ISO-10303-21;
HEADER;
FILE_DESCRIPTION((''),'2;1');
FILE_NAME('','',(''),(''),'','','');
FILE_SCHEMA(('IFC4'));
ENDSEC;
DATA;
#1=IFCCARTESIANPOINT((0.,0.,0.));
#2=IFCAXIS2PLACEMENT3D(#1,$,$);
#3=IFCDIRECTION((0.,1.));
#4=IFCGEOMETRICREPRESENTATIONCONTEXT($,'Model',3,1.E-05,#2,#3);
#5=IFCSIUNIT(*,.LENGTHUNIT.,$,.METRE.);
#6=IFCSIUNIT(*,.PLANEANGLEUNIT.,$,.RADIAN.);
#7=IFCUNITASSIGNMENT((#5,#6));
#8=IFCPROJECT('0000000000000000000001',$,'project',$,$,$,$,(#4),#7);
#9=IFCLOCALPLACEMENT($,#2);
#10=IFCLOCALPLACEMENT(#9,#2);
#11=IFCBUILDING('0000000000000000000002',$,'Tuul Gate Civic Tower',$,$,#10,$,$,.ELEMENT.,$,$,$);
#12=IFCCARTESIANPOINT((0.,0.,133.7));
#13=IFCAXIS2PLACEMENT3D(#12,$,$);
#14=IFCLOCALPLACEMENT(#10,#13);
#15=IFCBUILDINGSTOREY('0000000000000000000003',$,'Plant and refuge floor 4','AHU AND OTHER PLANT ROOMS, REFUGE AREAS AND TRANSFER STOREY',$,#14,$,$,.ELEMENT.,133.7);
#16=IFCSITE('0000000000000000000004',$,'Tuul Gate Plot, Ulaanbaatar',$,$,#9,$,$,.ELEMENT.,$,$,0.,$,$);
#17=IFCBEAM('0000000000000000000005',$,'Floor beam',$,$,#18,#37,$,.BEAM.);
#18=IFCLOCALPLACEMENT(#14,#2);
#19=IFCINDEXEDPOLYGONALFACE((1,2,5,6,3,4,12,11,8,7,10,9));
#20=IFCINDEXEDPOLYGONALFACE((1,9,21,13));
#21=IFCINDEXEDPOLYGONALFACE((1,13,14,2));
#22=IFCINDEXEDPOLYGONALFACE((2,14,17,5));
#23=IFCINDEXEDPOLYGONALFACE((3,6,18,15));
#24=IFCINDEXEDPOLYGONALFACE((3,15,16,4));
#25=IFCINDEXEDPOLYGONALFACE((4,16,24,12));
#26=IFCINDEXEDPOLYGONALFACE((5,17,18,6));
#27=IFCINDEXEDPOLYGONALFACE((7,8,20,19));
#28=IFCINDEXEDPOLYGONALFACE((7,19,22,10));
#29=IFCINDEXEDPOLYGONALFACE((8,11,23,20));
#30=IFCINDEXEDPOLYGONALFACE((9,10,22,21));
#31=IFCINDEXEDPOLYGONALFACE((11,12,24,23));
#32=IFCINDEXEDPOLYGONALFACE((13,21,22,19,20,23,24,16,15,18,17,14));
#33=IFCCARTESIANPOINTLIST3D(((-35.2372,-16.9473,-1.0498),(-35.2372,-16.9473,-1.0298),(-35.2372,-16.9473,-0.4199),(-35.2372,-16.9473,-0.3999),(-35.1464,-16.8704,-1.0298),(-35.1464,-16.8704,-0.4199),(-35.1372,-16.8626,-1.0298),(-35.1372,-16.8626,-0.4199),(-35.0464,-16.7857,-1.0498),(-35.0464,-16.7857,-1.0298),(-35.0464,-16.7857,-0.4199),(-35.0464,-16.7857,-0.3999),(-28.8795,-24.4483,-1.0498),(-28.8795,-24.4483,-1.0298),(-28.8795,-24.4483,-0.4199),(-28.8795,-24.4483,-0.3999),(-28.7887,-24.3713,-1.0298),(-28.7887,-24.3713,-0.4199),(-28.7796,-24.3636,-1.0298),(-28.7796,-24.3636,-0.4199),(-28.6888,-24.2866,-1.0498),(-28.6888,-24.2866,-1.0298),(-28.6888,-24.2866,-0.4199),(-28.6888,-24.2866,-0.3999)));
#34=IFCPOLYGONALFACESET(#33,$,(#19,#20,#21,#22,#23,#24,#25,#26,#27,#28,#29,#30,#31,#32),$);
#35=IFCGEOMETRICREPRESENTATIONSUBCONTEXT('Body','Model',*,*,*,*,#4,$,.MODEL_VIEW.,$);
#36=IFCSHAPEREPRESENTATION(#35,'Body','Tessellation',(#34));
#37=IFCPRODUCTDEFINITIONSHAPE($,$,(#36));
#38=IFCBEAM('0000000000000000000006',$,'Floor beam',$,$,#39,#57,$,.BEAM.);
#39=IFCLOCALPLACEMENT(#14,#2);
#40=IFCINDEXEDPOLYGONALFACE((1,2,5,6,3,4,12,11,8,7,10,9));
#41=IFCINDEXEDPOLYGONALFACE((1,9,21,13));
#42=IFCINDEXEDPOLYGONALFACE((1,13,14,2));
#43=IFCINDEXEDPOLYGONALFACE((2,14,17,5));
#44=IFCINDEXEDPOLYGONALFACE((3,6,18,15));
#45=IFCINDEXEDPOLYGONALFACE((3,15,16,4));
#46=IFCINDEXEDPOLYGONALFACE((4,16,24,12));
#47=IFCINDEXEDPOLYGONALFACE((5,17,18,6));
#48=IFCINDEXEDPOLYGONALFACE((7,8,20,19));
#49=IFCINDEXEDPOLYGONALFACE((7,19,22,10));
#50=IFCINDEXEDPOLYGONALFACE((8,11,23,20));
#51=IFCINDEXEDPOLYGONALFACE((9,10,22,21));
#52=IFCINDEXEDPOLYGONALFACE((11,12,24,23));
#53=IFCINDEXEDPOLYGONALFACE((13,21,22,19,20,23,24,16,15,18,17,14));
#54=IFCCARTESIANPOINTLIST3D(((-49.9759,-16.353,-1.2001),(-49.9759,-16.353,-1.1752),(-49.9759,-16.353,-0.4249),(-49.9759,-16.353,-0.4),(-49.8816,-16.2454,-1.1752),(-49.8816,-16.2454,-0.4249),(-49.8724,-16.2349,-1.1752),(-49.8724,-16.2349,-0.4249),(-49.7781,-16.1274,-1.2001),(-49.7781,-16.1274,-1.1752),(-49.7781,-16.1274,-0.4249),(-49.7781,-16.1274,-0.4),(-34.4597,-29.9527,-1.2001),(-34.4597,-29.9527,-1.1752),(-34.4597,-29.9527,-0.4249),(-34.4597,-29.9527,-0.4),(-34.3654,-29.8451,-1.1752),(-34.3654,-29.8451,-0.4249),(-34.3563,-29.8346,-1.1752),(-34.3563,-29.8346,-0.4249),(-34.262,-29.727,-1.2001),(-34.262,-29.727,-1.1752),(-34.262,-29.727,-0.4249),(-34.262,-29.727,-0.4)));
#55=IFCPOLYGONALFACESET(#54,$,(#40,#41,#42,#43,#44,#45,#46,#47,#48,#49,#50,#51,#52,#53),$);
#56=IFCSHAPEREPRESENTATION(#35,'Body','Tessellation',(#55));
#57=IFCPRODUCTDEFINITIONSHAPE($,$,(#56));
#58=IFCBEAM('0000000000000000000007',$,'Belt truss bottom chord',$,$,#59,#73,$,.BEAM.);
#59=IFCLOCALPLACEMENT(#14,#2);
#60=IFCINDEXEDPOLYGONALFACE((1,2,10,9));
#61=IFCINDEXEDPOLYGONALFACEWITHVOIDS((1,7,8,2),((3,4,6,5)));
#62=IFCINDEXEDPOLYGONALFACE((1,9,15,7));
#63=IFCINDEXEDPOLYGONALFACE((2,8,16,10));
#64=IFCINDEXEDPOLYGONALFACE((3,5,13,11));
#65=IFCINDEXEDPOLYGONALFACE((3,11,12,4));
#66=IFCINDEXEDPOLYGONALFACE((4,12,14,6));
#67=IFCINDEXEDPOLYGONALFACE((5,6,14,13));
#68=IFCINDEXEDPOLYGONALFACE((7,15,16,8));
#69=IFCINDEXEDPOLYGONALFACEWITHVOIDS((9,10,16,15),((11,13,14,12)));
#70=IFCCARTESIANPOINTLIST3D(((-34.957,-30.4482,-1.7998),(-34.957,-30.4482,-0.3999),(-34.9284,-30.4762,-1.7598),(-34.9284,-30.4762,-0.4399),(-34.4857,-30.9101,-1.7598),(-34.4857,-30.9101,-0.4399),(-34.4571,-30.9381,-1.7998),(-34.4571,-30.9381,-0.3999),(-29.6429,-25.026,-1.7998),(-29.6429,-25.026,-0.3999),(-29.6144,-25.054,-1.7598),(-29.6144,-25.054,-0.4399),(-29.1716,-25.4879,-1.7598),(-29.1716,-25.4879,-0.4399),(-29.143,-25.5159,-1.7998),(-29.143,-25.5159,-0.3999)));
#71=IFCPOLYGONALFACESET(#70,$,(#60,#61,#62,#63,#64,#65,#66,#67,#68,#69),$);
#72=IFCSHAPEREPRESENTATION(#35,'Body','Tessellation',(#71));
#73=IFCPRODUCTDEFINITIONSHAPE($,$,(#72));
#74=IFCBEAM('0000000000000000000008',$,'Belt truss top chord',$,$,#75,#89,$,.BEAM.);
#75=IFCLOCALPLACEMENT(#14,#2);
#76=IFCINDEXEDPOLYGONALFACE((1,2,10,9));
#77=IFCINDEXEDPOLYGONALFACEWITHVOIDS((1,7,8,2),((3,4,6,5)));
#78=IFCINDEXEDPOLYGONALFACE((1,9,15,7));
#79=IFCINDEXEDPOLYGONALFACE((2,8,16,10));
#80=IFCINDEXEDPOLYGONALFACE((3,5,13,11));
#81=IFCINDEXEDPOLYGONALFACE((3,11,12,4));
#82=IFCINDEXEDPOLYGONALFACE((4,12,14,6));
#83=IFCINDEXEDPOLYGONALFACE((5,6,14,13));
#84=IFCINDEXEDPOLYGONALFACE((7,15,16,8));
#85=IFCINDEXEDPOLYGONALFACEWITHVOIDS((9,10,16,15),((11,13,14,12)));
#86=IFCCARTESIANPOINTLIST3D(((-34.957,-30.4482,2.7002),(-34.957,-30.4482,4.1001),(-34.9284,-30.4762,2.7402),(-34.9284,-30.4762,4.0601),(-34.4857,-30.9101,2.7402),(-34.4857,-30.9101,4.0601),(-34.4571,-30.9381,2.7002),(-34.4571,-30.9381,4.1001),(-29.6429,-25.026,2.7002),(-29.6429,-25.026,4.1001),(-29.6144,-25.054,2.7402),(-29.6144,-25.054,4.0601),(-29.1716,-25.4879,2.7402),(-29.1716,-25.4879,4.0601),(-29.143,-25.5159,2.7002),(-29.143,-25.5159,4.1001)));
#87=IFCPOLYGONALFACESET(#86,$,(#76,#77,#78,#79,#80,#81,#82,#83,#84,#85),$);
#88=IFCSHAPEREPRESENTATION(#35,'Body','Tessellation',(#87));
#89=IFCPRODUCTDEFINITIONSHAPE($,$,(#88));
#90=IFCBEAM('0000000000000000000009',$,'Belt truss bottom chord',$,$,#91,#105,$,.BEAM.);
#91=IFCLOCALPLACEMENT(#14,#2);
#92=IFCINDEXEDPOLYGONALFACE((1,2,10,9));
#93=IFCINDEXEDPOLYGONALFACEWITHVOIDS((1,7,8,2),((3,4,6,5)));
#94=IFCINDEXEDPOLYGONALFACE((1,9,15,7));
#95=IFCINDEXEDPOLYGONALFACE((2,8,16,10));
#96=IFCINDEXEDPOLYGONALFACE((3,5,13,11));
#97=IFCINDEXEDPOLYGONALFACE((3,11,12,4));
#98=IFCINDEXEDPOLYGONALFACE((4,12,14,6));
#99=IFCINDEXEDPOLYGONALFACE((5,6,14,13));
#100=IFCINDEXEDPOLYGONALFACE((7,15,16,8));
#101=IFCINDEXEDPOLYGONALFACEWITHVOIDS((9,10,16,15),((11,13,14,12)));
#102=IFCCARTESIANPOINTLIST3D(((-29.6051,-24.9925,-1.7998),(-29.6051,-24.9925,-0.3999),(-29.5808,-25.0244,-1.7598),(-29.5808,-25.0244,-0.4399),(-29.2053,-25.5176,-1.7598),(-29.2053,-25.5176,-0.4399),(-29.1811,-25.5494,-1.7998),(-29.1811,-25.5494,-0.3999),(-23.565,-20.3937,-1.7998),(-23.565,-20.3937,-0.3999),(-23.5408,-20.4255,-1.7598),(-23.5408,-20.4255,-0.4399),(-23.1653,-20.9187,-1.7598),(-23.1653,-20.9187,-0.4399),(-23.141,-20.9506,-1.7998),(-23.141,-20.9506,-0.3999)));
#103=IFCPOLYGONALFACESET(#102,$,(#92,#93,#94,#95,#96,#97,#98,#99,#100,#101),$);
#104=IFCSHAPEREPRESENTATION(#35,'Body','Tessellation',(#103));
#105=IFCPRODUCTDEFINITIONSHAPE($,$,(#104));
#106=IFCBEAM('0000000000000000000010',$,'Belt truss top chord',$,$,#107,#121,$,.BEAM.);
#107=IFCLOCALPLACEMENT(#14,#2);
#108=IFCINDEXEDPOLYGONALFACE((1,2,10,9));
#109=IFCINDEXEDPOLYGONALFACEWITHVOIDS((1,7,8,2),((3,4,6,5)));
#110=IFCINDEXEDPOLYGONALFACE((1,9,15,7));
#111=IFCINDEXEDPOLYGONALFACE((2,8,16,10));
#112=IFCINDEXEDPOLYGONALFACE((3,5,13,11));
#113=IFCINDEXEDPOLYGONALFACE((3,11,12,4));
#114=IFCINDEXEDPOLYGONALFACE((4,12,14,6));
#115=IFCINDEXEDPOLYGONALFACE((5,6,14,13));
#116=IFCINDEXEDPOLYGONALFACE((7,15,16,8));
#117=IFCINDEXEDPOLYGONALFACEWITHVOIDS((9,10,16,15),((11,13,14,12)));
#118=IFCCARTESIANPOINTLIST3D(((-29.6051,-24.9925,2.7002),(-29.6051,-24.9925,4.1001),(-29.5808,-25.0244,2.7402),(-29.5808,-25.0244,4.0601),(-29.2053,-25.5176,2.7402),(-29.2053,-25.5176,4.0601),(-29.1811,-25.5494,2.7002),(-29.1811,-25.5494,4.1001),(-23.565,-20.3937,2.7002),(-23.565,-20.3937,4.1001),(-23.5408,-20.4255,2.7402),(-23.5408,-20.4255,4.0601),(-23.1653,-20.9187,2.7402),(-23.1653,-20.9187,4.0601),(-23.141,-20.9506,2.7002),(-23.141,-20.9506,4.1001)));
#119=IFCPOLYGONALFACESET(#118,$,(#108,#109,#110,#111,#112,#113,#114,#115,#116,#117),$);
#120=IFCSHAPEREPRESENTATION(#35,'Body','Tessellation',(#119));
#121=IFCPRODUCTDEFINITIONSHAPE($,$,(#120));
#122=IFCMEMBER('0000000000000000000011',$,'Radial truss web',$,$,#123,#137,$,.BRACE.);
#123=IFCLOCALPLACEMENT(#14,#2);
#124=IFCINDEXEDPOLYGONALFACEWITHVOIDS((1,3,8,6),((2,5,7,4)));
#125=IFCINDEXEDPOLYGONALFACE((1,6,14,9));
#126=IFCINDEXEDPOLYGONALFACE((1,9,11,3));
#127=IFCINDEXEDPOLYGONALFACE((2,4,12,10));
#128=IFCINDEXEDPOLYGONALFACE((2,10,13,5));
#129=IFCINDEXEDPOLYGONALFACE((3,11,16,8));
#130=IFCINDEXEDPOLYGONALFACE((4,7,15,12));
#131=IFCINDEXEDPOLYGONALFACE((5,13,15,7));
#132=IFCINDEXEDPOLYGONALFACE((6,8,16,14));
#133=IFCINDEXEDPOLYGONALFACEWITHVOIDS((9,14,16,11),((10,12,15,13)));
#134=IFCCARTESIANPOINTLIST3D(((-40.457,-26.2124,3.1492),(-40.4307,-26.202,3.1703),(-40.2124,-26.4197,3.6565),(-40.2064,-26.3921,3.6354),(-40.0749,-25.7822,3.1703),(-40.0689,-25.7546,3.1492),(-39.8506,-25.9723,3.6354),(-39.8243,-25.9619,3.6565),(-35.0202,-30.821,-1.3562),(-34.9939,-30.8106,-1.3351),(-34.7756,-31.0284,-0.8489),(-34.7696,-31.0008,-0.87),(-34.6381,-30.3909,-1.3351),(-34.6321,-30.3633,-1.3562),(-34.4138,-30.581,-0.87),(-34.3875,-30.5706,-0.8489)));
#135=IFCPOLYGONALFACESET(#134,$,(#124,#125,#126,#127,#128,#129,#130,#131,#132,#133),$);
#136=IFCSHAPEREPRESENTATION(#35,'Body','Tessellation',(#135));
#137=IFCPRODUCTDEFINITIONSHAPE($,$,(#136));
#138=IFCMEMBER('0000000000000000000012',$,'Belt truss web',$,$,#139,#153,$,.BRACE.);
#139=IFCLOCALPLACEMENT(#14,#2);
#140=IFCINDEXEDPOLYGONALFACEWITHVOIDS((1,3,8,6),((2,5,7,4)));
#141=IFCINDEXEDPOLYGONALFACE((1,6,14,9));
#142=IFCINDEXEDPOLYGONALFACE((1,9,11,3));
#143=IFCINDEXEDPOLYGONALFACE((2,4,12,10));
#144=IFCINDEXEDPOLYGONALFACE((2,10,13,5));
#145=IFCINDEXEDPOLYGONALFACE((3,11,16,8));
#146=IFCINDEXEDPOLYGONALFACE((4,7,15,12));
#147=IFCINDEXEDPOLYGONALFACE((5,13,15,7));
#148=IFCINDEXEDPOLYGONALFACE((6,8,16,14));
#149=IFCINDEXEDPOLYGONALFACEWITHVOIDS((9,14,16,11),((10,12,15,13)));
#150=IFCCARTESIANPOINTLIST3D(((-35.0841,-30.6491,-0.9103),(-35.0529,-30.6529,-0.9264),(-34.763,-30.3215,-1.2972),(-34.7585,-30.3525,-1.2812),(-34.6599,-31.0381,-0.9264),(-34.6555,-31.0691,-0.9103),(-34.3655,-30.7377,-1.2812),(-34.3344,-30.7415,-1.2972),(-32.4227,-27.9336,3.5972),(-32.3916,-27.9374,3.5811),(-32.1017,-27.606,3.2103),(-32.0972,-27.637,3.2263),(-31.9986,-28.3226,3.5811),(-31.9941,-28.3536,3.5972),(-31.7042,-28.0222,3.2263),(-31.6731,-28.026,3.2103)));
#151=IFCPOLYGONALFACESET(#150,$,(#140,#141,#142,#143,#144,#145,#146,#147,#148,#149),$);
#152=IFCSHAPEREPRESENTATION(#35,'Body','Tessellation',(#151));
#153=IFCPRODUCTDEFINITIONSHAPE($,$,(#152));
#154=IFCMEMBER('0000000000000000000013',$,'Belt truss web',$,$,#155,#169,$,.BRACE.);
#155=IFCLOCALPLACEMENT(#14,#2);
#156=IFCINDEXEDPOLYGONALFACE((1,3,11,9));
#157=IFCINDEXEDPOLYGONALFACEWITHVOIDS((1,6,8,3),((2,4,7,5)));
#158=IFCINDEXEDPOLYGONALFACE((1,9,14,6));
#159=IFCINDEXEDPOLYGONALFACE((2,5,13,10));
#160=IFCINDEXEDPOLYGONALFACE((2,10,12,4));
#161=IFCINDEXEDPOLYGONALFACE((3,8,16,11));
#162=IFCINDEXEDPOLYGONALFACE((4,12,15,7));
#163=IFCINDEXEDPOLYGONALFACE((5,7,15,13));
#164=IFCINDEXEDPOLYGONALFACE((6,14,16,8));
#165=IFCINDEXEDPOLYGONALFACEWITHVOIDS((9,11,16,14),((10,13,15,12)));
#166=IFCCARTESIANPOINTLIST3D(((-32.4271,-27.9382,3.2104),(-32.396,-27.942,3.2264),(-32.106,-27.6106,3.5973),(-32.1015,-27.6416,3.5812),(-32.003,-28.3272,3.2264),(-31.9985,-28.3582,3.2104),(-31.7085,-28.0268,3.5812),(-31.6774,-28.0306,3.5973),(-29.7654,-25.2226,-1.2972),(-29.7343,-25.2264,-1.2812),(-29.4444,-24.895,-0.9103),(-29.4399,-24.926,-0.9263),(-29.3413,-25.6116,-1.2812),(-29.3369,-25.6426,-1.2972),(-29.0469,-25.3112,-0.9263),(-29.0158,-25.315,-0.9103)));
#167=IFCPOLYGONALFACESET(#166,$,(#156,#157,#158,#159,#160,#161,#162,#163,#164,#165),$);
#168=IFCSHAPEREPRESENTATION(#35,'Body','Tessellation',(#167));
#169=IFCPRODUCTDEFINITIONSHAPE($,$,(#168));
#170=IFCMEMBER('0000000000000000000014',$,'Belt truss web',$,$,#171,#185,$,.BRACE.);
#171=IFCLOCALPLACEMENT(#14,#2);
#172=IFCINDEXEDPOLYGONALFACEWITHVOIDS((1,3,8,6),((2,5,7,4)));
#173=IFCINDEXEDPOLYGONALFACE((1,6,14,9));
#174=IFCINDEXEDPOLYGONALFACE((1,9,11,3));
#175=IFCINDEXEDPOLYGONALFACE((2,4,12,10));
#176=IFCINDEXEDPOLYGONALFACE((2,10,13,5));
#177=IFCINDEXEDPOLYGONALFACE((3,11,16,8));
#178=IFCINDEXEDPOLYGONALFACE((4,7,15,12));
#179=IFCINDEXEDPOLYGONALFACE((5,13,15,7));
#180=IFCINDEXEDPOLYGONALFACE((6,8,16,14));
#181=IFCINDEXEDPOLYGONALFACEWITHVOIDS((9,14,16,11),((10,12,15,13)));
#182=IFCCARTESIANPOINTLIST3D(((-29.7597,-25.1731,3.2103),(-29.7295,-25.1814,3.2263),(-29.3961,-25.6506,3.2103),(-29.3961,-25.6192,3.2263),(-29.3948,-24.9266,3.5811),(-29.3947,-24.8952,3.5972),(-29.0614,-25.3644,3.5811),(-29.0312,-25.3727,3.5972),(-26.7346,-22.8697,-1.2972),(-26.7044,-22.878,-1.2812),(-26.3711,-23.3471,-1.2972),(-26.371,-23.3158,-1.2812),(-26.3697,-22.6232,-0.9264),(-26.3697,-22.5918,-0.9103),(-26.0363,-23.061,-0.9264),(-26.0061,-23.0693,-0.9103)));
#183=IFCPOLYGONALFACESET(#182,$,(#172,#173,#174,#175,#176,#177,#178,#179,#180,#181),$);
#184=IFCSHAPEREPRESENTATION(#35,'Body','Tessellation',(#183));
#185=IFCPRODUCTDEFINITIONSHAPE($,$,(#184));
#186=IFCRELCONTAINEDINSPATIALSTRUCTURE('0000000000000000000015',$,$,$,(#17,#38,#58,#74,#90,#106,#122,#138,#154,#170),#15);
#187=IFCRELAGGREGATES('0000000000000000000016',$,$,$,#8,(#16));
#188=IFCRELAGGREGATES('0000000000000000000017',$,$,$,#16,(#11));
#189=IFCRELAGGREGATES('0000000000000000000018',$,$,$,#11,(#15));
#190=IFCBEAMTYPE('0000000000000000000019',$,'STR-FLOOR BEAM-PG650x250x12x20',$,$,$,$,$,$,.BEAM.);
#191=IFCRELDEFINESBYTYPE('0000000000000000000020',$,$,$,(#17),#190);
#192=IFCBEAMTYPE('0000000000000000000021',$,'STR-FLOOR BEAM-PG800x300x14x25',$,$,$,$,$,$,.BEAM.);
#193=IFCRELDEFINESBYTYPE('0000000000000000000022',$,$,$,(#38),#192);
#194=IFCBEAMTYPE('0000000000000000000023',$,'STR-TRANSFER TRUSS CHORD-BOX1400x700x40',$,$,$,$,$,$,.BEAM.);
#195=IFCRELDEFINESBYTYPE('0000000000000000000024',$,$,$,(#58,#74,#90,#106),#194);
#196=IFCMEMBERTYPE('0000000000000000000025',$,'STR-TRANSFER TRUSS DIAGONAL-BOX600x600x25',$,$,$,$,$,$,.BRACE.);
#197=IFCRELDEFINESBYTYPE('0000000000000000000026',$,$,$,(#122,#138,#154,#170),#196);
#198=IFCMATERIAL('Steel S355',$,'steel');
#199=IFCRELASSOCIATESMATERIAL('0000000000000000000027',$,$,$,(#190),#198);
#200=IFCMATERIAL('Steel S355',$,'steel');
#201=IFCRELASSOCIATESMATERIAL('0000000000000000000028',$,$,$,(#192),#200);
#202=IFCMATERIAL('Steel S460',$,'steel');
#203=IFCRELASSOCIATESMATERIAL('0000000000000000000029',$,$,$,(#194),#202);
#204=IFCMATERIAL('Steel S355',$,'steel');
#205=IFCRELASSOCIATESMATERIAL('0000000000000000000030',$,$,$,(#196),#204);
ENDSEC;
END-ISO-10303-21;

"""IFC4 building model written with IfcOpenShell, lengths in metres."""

from ifc_helpers import new_model, si_unit, direction, frame, origin, origin_2d, place, context, subcontext, project, spatial, hollow_rectangle, i_section, extrude, material, material_profile, profile_set, type_object, element, save


model = new_model("IFC4")

# Units and contexts
model_context = context("Model", 3, precision=1e-05, world=origin(), true_north=direction((0.0, 1.0)))
body_context = subcontext(model_context, "Body", "Model", "MODEL_VIEW")
ifc_project = project(units=[si_unit("LENGTHUNIT", "METRE"), si_unit("PLANEANGLEUNIT", "RADIAN")], contexts=[model_context])

# Site, building, storey
site_placement = place(None, origin())
site = spatial("IfcSite", under=ifc_project, at=site_placement, Name="Tuul Gate Plot, Ulaanbaatar", CompositionType="ELEMENT", RefElevation=0.0)
building_placement = place(site_placement, origin())
building = spatial("IfcBuilding", under=site, at=building_placement, Name="Tuul Gate Civic Tower", CompositionType="ELEMENT")
storey_placement = place(building_placement, frame((0.0, 0.0, 133.7)))
storey = spatial("IfcBuildingStorey", under=building, at=storey_placement, Name="Plant and refuge floor 4", Description="AHU AND OTHER PLANT ROOMS, REFUGE AREAS AND TRANSFER STOREY", CompositionType="ELEMENT", Elevation=133.7)

# Beams
ifc_material_1 = material(Name="Steel S355", Category="steel")
ifc_material_profile_1 = material_profile(ifc_material_1, i_section(OverallWidth=0.25, OverallDepth=0.6499, WebThickness=0.012, FlangeThickness=0.02, at=origin_2d()), Name="PG650x250x12x20")
ifc_profile_set_1 = profile_set([ifc_material_profile_1], Name="Steel S355")
beam_type_1 = type_object("IfcBeamType", Name="STR-FLOOR BEAM-PG650x250x12x20", PredefinedType="BEAM", material=ifc_profile_set_1)
beam_1_placement = place(storey_placement, frame((-28.7842, -24.3674, -0.7249), z_axis=(-0.646575, 0.76285, 0.0), x_axis=(-0.76285, -0.646575, 0.0)))
element("IfcBeam", 1, at=beam_1_placement, inside=storey, type_object=beam_type_1, Name="Floor beam", PredefinedType="BEAM", context=body_context, shape_type="SweptSolid", body=[
    extrude(i_section(OverallWidth=0.25, OverallDepth=0.6499, WebThickness=0.012, FlangeThickness=0.02, at=origin_2d()), origin(), (0.0, 0.0, 1.0), 9.8328),
])
ifc_material_2 = material(Name="Steel S355", Category="steel")
ifc_material_profile_2 = material_profile(ifc_material_2, i_section(OverallWidth=0.3, OverallDepth=0.8, WebThickness=0.0139, FlangeThickness=0.0249, at=origin_2d()), Name="PG800x300x14x25")
ifc_profile_set_2 = profile_set([ifc_material_profile_2], Name="Steel S355")
beam_type_2 = type_object("IfcBeamType", Name="STR-FLOOR BEAM-PG800x300x14x25", PredefinedType="BEAM", material=ifc_profile_set_2)
beam_2_placement = place(storey_placement, frame((-34.3608, -29.8398, -0.8), z_axis=(-0.752024, 0.659136, 0.0), x_axis=(-0.659136, -0.752024, 0.0)))
element("IfcBeam", 2, at=beam_2_placement, inside=storey, type_object=beam_type_2, Name="Floor beam", PredefinedType="BEAM", context=body_context, shape_type="SweptSolid", body=[
    extrude(i_section(OverallWidth=0.3, OverallDepth=0.8, WebThickness=0.0139, FlangeThickness=0.0249, at=origin_2d()), origin(), (0.0, 0.0, 1.0), 20.6326),
])
ifc_material_3 = material(Name="Steel S460", Category="steel")
ifc_material_profile_3 = material_profile(ifc_material_3, hollow_rectangle(XDim=0.7, YDim=1.3999, WallThickness=0.04, at=origin_2d()), Name="BOX1400x700x40")
ifc_profile_set_3 = profile_set([ifc_material_profile_3], Name="Steel S460")
beam_type_3 = type_object("IfcBeamType", Name="STR-TRANSFER TRUSS CHORD-BOX1400x700x40", PredefinedType="BEAM", material=ifc_profile_set_3)
for number, where, z_axis, x_axis, name in (
    (3, (-34.707, -30.6931, -1.0999), (0.699948, 0.714194, 0.0), (-0.714194, 0.699948, 0.0), "Belt truss bottom chord"),
    (4, (-34.707, -30.6931, 3.4001), (0.699948, 0.714194, 0.0), (-0.714194, 0.699948, 0.0), "Belt truss top chord"),
):
    element("IfcBeam", number, at=place(storey_placement, frame(where, z_axis=z_axis, x_axis=x_axis)), inside=storey, type_object=beam_type_3, Name=name, PredefinedType="BEAM", context=body_context, shape_type="SweptSolid", body=[
        extrude(hollow_rectangle(XDim=0.7, YDim=1.3999, WallThickness=0.04, at=origin_2d()), origin(), (0.0, 0.0, 1.0), 7.592),
    ])
for number, where, z_axis, x_axis, name in (
    (5, (-29.3931, -25.271, -1.0999), (0.795626, 0.605788, 0.0), (-0.605788, 0.795626, 0.0), "Belt truss bottom chord"),
    (6, (-29.3931, -25.271, 3.4001), (0.795626, 0.605788, 0.0), (-0.605788, 0.795626, 0.0), "Belt truss top chord"),
):
    element("IfcBeam", number, at=place(storey_placement, frame(where, z_axis=z_axis, x_axis=x_axis)), inside=storey, type_object=beam_type_3, Name=name, PredefinedType="BEAM", context=body_context, shape_type="SweptSolid", body=[
        extrude(hollow_rectangle(XDim=0.7, YDim=1.3999, WallThickness=0.04, at=origin_2d()), origin(), (0.0, 0.0, 1.0), 7.5916),
    ])

# Members
ifc_material_4 = material(Name="Steel S355", Category="steel")
ifc_material_profile_4 = material_profile(ifc_material_4, hollow_rectangle(XDim=0.6001, YDim=0.6001, WallThickness=0.0249, at=origin_2d()), Name="BOX600x600x25")
ifc_profile_set_4 = profile_set([ifc_material_profile_4], Name="Steel S355")
member_type_1 = type_object("IfcMemberType", Name="STR-TRANSFER TRUSS DIAGONAL-BOX600x600x25", PredefinedType="BRACE", material=ifc_profile_set_4)
member_1_placement = place(storey_placement, frame((-34.7039, -30.6958, -1.1025), z_axis=(-0.644788, 0.546574, 0.534327), x_axis=(-0.646621, -0.762812, 0.0)))
element("IfcMember", 7, at=member_1_placement, inside=storey, type_object=member_type_1, Name="Radial truss web", PredefinedType="BRACE", context=body_context, shape_type="SweptSolid", body=[
    extrude(hollow_rectangle(XDim=0.6001, YDim=0.6001, WallThickness=0.0249, at=origin_2d()), origin(), (0.0, 0.0, 1.0), 8.4319),
])
member_2_placement = place(storey_placement, frame((-34.7092, -30.6953, -1.1038), z_axis=(0.451305, 0.460496, 0.764374), x_axis=(-0.714198, 0.699944, 0.0)))
element("IfcMember", 8, at=member_2_placement, inside=storey, type_object=member_type_1, Name="Belt truss web", PredefinedType="BRACE", context=body_context, shape_type="SweptSolid", body=[
    extrude(hollow_rectangle(XDim=0.6001, YDim=0.6001, WallThickness=0.0249, at=origin_2d()), origin(), (0.0, 0.0, 1.0), 5.897),
])
member_3_placement = place(storey_placement, frame((-29.3906, -25.2688, -1.1038), z_axis=(-0.451338, -0.460487, 0.76436), x_axis=(0.714166, -0.699976, 0.0)))
element("IfcMember", 9, at=member_3_placement, inside=storey, type_object=member_type_1, Name="Belt truss web", PredefinedType="BRACE", context=body_context, shape_type="SweptSolid", body=[
    extrude(hollow_rectangle(XDim=0.6001, YDim=0.6001, WallThickness=0.0249, at=origin_2d()), origin(), (0.0, 0.0, 1.0), 5.8972),
])
for number, where, z_axis, x_axis, name in (
    (10, (-26.3704, -22.9695, -1.1038), (-0.51299, -0.390611, 0.764372), (0.605809, -0.79561, 0.0), "Belt truss web"),
):
    element("IfcMember", number, at=place(storey_placement, frame(where, z_axis=z_axis, x_axis=x_axis)), inside=storey, type_object=member_type_1, Name=name, PredefinedType="BRACE", context=body_context, shape_type="SweptSolid", body=[
        extrude(hollow_rectangle(XDim=0.6001, YDim=0.6001, WallThickness=0.0249, at=origin_2d()), origin(), (0.0, 0.0, 1.0), 5.897),
    ])

save(model, "model.ifc")
